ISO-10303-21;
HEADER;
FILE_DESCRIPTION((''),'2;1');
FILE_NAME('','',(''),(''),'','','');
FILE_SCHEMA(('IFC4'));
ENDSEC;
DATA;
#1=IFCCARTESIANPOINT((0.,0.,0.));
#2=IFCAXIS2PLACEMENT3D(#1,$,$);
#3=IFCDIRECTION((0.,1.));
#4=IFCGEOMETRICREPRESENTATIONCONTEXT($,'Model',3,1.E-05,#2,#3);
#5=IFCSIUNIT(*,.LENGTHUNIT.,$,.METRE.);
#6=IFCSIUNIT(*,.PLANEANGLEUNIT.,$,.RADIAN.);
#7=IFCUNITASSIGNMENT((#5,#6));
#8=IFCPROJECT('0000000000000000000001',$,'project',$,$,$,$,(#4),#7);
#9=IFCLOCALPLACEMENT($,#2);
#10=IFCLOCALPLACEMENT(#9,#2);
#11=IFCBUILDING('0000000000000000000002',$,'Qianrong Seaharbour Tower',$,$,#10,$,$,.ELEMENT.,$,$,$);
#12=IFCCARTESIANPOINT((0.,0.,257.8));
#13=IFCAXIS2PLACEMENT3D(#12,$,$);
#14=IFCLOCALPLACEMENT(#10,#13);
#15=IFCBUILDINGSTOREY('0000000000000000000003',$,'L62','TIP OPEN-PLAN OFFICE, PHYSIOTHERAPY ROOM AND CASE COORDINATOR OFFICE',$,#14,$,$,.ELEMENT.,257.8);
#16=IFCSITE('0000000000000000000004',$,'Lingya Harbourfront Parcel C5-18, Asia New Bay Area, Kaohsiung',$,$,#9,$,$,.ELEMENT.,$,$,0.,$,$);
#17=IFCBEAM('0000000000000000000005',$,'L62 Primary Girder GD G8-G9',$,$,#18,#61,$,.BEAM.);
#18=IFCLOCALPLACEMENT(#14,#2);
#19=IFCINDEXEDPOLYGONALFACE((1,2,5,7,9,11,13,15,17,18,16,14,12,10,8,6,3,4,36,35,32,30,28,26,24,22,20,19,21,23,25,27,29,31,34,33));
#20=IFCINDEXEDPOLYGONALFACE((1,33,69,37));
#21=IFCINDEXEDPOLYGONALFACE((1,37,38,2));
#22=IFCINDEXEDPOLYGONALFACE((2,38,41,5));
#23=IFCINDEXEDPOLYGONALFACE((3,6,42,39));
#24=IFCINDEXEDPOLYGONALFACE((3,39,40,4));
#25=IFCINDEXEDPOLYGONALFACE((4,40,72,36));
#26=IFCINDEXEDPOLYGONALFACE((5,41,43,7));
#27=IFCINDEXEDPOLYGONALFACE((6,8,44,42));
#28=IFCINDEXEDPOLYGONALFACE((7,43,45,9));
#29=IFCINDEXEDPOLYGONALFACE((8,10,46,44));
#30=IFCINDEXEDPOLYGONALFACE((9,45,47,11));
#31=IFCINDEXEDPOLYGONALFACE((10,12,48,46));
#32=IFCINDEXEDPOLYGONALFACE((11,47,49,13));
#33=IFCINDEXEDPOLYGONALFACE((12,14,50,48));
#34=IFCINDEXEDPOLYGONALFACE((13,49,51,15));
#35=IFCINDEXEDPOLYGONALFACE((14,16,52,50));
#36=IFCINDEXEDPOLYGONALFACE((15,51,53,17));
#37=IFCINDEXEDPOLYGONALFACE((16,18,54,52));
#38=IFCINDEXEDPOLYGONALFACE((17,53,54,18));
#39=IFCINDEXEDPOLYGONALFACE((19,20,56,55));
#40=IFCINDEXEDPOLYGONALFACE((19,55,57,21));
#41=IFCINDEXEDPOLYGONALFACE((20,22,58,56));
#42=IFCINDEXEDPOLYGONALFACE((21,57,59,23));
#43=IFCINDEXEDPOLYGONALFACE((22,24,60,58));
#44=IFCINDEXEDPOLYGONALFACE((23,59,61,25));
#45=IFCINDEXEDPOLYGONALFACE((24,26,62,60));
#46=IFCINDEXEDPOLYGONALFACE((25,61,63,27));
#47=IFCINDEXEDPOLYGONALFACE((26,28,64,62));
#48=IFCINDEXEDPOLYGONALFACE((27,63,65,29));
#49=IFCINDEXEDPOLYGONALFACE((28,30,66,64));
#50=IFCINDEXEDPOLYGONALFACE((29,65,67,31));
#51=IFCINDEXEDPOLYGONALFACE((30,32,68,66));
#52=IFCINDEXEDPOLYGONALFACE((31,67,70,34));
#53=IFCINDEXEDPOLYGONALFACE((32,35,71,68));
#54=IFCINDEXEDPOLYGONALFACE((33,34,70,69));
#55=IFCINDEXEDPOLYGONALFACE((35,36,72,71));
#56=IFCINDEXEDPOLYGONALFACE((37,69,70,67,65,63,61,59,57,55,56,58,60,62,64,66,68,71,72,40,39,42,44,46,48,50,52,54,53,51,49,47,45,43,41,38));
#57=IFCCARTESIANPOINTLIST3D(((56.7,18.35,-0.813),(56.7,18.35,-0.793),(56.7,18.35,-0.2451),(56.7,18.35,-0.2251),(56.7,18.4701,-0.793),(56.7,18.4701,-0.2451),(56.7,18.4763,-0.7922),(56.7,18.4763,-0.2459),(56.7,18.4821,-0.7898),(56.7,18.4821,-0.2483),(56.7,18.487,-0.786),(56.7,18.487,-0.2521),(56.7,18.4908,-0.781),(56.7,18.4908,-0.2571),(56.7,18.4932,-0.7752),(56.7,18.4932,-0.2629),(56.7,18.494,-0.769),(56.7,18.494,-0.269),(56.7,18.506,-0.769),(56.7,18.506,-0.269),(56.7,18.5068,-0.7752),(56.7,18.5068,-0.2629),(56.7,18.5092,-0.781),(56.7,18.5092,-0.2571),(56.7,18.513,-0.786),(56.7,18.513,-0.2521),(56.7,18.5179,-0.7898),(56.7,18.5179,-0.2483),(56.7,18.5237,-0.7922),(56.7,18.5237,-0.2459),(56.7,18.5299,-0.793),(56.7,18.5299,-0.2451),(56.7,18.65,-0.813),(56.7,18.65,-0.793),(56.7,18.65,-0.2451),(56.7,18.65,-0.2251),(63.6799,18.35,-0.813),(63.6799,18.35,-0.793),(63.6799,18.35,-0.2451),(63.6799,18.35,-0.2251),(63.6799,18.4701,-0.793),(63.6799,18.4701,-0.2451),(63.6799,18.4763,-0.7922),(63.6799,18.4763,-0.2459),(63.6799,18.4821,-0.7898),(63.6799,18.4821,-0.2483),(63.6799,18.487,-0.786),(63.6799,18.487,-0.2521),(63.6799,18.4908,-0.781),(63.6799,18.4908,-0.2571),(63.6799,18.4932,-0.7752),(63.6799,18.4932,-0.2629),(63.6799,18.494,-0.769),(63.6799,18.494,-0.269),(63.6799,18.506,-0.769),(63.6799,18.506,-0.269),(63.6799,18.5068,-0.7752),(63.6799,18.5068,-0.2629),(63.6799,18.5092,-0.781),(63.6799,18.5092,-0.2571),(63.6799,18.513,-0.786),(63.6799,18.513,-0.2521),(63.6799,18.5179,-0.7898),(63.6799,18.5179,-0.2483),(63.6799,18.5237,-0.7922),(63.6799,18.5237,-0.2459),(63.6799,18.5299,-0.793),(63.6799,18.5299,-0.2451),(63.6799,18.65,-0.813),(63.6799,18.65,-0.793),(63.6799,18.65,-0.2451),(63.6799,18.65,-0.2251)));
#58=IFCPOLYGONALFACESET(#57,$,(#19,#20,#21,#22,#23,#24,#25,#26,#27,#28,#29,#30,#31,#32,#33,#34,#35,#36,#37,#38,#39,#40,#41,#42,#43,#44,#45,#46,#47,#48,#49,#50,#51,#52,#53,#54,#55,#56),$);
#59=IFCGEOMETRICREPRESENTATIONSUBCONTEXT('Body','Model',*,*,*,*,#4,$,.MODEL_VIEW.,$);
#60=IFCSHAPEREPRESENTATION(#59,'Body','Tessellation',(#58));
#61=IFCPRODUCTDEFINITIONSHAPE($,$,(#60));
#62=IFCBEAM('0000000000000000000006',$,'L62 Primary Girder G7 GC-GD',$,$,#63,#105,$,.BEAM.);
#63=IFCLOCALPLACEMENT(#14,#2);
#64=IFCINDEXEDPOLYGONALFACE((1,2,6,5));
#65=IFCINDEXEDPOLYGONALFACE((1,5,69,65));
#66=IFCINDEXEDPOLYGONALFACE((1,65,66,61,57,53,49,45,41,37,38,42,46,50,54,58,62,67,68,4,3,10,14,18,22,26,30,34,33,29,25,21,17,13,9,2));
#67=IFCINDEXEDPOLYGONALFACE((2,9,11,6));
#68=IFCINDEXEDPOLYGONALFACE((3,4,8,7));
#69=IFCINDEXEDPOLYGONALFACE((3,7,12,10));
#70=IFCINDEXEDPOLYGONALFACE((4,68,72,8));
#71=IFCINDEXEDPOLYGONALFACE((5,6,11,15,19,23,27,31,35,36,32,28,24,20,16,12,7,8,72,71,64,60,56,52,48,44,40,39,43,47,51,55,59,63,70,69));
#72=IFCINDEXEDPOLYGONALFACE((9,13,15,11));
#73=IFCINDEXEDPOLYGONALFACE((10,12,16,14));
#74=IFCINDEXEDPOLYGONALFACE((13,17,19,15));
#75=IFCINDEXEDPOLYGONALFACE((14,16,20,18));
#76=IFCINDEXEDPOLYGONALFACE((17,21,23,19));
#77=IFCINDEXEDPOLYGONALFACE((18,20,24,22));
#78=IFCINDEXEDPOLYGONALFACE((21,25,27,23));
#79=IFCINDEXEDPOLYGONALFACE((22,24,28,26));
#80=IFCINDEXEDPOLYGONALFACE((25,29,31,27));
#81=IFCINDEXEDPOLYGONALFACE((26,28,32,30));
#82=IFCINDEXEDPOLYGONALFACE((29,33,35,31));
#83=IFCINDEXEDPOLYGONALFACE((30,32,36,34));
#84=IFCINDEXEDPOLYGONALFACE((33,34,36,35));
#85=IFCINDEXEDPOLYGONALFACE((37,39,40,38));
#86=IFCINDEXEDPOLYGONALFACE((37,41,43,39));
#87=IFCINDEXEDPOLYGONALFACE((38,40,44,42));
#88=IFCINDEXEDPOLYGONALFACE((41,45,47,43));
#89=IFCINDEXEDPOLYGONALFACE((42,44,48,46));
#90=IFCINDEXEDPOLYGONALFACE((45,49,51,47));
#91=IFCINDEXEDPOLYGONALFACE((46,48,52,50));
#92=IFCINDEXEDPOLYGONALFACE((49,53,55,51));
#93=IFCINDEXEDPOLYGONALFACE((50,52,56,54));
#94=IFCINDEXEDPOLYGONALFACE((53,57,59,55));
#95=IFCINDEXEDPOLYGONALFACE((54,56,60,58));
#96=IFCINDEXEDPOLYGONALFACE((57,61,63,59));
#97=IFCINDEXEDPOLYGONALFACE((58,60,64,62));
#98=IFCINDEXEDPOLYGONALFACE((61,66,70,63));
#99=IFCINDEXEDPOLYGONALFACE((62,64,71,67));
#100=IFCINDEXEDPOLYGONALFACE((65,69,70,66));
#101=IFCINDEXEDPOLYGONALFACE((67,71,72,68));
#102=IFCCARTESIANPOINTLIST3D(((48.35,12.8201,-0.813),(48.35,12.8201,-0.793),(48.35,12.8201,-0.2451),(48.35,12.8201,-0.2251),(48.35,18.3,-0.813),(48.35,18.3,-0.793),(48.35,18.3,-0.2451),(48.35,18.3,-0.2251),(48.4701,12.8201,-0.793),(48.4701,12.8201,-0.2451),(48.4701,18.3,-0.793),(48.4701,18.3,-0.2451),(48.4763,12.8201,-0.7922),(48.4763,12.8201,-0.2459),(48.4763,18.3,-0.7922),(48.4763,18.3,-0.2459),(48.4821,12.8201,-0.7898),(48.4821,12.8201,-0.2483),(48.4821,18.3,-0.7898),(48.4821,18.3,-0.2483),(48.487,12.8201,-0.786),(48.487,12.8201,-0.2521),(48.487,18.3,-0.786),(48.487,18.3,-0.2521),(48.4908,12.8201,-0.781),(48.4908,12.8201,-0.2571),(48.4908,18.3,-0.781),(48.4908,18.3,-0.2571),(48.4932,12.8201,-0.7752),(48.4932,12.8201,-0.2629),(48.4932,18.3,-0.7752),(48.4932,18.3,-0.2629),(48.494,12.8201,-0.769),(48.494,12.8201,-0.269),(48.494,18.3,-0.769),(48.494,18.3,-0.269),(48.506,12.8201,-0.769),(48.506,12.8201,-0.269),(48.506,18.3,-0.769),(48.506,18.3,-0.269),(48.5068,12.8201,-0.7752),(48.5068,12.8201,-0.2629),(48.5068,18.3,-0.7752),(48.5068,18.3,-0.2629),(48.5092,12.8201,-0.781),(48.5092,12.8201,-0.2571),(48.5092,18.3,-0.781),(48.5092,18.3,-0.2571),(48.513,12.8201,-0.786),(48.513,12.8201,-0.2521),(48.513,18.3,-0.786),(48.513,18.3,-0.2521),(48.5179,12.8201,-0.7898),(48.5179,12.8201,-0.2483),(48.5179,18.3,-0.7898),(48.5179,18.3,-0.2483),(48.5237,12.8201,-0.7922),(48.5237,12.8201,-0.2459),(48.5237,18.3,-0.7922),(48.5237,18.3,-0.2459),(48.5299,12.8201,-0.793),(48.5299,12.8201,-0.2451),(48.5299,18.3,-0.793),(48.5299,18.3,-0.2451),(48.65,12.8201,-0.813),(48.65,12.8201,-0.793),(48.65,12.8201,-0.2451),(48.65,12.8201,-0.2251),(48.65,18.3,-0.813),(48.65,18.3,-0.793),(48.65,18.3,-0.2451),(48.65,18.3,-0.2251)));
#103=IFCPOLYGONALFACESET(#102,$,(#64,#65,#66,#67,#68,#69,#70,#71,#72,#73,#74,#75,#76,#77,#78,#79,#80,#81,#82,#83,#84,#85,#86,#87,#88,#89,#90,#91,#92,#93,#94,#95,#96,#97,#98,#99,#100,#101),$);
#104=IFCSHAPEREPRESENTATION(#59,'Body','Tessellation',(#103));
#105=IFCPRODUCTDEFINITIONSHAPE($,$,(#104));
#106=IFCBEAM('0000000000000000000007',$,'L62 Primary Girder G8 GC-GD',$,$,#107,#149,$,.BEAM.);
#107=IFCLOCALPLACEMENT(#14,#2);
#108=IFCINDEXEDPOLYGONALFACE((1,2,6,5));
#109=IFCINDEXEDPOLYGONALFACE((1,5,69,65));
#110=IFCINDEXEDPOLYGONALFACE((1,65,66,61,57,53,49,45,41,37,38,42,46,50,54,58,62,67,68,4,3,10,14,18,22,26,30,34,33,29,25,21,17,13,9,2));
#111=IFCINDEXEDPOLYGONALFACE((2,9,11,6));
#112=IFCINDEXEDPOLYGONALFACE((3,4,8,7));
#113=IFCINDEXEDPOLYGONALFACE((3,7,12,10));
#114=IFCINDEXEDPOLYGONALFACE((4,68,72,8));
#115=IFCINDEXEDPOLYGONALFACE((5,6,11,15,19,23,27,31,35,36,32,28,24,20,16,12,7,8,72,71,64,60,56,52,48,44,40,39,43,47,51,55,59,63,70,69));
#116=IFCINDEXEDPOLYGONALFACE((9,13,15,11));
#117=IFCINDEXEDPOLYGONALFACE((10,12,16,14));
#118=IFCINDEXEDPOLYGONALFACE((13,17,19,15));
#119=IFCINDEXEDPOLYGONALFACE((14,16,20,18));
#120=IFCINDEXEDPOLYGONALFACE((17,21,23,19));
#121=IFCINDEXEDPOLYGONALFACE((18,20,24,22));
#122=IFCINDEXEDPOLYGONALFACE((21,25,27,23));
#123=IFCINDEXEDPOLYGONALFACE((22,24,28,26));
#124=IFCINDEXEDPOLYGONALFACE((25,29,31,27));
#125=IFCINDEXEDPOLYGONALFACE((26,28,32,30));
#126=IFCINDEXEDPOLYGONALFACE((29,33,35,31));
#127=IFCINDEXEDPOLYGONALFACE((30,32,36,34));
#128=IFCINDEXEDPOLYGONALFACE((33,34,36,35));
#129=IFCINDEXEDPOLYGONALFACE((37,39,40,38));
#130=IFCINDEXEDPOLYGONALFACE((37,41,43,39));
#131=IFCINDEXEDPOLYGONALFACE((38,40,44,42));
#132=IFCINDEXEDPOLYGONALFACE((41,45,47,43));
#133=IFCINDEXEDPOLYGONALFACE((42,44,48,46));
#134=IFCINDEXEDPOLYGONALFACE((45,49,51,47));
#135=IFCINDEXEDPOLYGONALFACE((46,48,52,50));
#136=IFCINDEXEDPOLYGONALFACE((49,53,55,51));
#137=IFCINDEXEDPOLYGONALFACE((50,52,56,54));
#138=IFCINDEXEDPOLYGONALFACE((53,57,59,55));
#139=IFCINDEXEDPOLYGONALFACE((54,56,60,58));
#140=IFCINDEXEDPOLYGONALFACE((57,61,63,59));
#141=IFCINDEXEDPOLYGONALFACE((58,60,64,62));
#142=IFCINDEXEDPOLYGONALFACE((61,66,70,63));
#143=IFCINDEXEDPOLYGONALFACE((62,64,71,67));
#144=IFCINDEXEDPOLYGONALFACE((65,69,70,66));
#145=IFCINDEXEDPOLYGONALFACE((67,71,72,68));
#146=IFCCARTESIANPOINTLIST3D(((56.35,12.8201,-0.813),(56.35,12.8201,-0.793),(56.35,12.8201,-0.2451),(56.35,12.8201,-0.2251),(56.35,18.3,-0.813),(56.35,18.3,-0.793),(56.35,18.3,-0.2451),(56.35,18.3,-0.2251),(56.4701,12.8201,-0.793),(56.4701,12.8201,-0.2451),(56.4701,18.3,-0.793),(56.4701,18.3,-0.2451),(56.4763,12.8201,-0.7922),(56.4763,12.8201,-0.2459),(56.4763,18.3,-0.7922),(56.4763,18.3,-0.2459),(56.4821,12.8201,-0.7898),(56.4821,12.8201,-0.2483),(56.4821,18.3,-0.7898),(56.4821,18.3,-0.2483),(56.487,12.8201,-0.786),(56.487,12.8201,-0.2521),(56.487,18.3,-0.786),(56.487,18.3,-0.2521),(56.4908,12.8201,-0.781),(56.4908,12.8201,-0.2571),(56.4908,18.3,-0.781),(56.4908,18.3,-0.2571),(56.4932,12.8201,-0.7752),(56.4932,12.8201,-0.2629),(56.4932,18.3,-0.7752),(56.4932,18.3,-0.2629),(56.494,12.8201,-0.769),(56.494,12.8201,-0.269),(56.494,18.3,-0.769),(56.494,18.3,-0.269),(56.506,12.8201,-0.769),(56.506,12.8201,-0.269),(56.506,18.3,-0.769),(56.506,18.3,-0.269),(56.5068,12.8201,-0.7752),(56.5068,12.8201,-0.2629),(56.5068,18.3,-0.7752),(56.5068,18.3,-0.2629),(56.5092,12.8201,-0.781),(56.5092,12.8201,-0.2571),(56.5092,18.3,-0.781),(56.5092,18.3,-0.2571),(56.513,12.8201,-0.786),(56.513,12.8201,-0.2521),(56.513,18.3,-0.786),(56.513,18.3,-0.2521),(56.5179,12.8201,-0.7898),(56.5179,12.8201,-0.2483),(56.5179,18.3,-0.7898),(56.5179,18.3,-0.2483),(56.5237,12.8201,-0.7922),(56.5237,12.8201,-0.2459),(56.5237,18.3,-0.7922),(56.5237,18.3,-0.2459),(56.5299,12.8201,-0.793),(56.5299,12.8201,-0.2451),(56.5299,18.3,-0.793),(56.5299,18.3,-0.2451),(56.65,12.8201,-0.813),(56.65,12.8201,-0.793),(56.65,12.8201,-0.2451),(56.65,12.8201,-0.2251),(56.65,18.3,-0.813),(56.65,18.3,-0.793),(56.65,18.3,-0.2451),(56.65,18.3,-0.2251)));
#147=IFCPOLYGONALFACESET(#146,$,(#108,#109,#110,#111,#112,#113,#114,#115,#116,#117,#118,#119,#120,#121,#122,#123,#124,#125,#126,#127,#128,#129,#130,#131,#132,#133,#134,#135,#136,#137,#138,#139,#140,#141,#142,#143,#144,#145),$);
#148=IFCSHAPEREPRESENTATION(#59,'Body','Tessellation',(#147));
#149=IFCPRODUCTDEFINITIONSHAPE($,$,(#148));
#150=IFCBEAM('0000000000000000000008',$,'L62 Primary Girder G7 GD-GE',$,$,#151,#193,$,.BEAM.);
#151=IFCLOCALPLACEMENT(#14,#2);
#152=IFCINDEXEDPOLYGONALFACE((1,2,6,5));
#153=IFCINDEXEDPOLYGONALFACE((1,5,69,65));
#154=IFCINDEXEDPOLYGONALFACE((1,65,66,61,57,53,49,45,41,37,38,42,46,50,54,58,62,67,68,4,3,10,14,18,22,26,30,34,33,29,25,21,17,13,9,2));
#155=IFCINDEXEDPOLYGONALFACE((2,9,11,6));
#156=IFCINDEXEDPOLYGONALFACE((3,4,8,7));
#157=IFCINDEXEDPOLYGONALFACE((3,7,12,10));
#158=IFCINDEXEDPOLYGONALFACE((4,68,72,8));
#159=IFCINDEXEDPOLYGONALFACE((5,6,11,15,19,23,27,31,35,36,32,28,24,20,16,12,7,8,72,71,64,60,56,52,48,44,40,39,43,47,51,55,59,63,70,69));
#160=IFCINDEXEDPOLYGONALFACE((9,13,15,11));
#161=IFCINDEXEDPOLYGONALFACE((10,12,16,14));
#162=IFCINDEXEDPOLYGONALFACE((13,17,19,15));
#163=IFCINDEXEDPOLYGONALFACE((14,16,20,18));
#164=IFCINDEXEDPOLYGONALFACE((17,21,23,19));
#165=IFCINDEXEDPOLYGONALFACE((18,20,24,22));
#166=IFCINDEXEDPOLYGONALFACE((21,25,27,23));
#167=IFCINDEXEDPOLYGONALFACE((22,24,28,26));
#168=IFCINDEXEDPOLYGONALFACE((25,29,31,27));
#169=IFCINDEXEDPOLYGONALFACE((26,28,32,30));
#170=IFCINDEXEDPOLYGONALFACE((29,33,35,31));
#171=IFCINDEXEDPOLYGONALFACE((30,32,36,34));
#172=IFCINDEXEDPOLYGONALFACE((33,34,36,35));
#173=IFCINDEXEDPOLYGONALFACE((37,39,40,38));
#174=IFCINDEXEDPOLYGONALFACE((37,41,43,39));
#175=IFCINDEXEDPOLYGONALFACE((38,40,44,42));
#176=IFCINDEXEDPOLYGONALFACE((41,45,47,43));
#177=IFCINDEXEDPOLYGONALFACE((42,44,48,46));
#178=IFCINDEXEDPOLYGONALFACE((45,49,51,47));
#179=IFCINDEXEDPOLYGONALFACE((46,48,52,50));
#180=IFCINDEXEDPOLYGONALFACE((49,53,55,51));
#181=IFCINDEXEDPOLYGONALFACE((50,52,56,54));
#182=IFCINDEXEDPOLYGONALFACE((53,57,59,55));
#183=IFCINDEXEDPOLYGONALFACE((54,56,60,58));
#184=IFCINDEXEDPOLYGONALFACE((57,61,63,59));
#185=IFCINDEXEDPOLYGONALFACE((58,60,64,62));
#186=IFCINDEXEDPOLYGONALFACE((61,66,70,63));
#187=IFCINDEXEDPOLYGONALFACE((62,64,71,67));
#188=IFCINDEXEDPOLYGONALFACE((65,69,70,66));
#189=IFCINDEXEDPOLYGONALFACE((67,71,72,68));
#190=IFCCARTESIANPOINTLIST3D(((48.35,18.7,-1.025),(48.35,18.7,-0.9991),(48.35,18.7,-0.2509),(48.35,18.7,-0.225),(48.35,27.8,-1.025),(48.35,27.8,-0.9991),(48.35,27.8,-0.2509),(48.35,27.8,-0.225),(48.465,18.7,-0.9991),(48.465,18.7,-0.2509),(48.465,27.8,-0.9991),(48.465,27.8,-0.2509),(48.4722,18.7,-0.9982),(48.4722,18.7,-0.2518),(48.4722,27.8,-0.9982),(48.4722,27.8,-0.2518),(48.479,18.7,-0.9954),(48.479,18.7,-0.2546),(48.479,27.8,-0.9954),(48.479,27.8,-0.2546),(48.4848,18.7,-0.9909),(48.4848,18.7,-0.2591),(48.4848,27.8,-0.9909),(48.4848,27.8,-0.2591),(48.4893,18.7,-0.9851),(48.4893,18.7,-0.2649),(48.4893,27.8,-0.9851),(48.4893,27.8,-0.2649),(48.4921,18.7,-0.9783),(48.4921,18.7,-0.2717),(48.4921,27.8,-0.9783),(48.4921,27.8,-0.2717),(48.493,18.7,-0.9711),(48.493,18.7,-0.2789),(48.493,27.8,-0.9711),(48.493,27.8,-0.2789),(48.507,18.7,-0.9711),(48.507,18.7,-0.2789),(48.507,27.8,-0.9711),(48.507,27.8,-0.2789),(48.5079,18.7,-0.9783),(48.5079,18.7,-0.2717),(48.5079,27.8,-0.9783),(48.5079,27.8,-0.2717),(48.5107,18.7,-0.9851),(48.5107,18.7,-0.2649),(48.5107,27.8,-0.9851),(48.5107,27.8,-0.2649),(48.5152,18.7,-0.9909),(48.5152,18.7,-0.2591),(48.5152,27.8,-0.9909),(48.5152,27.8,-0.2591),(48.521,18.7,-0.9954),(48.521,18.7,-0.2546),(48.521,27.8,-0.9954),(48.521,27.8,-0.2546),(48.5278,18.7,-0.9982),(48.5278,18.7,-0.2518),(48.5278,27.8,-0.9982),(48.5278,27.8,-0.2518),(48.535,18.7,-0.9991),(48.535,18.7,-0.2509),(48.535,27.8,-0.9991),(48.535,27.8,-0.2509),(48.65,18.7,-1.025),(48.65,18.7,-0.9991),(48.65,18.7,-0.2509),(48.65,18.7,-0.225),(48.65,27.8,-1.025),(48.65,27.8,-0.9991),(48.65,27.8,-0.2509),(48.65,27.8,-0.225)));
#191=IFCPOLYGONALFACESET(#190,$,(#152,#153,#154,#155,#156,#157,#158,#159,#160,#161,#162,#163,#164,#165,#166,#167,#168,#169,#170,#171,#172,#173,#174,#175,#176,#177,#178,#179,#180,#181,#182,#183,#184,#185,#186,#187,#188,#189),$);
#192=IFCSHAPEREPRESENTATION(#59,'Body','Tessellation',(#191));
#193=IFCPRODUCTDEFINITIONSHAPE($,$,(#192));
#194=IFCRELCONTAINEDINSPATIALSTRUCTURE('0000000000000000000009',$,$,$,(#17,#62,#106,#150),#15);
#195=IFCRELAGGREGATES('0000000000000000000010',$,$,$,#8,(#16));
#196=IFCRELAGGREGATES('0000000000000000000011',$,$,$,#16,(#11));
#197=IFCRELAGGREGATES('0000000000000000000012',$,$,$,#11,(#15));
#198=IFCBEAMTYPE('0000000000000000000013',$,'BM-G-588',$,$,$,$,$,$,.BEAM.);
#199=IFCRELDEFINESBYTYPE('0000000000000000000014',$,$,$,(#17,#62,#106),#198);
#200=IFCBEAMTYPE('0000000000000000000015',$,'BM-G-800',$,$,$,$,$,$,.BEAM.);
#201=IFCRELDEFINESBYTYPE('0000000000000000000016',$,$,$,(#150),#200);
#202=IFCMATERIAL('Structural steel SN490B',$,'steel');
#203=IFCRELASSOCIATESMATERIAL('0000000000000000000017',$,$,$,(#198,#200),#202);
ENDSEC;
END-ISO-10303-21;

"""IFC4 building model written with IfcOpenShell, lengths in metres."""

from ifc_helpers import new_model, si_unit, direction, frame, origin, origin_2d, place, context, subcontext, project, spatial, i_section, extrude, material, material_profile, profile_set, type_object, element, save


model = new_model("IFC4")

# Units and contexts
model_context = context("Model", 3, precision=1e-05, world=origin(), true_north=direction((0.0, 1.0)))
body_context = subcontext(model_context, "Body", "Model", "MODEL_VIEW")
ifc_project = project(units=[si_unit("LENGTHUNIT", "METRE"), si_unit("PLANEANGLEUNIT", "RADIAN")], contexts=[model_context])

# Site, building, storey
site_placement = place(None, origin())
site = spatial("IfcSite", under=ifc_project, at=site_placement, Name="Lingya Harbourfront Parcel C5-18, Asia New Bay Area, Kaohsiung", CompositionType="ELEMENT", RefElevation=0.0)
building_placement = place(site_placement, origin())
building = spatial("IfcBuilding", under=site, at=building_placement, Name="Qianrong Seaharbour Tower", CompositionType="ELEMENT")
storey_placement = place(building_placement, frame((0.0, 0.0, 257.8)))
storey = spatial("IfcBuildingStorey", under=building, at=storey_placement, Name="L62", Description="TIP OPEN-PLAN OFFICE, PHYSIOTHERAPY ROOM AND CASE COORDINATOR OFFICE", CompositionType="ELEMENT", Elevation=257.8)

# Shared definitions
ifc_material_1 = material(Name="Structural steel SN490B", Category="steel")

# Beams
ifc_material_profile_1 = material_profile(ifc_material_1, i_section(OverallWidth=0.3, OverallDepth=0.5879, WebThickness=0.012, FlangeThickness=0.02, FilletRadius=0.0239, at=origin_2d()), Name="H588x300x12x20")
ifc_profile_set_1 = profile_set([ifc_material_profile_1], Name="Structural steel SN490B")
beam_type_1 = type_object("IfcBeamType", Name="BM-G-588", PredefinedType="BEAM", material=ifc_profile_set_1)
beam_1_placement = place(storey_placement, frame((56.7, 18.5, -0.519), z_axis=(1.0, 0.0, 0.0), x_axis=(0.0, 1.0, 0.0)))
element("IfcBeam", 1, at=beam_1_placement, inside=storey, type_object=beam_type_1, Name="L62 Primary Girder GD G8-G9", PredefinedType="BEAM", context=body_context, shape_type="SweptSolid", body=[
    extrude(i_section(OverallWidth=0.3, OverallDepth=0.5879, WebThickness=0.012, FlangeThickness=0.02, FilletRadius=0.0239, at=origin_2d()), origin(), (0.0, 0.0, 1.0), 6.98),
])
for number, where, z_axis, x_axis, name in (
    (2, (48.5, 12.8201, -0.519), (0.0, 1.0, 0.0), (-1.0, 0.0, 0.0), "L62 Primary Girder G7 GC-GD"),
    (3, (56.5, 12.8201, -0.519), (0.0, 1.0, 0.0), (-1.0, 0.0, 0.0), "L62 Primary Girder G8 GC-GD"),
):
    element("IfcBeam", number, at=place(storey_placement, frame(where, z_axis=z_axis, x_axis=x_axis)), inside=storey, type_object=beam_type_1, Name=name, PredefinedType="BEAM", context=body_context, shape_type="SweptSolid", body=[
        extrude(i_section(OverallWidth=0.3, OverallDepth=0.5879, WebThickness=0.012, FlangeThickness=0.02, FilletRadius=0.0239, at=origin_2d()), origin(), (0.0, 0.0, 1.0), 5.48),
    ])
ifc_material_profile_2 = material_profile(ifc_material_1, i_section(OverallWidth=0.3, OverallDepth=0.8, WebThickness=0.0139, FlangeThickness=0.0259, FilletRadius=0.0281, at=origin_2d()), Name="H800x300x14x26")
ifc_profile_set_2 = profile_set([ifc_material_profile_2], Name="Structural steel SN490B")
beam_type_2 = type_object("IfcBeamType", Name="BM-G-800", PredefinedType="BEAM", material=ifc_profile_set_2)
for number, where, z_axis, x_axis, name in (
    (4, (48.5, 18.7, -0.625), (0.0, 1.0, 0.0), (-1.0, 0.0, 0.0), "L62 Primary Girder G7 GD-GE"),
):
    element("IfcBeam", number, at=place(storey_placement, frame(where, z_axis=z_axis, x_axis=x_axis)), inside=storey, type_object=beam_type_2, Name=name, PredefinedType="BEAM", context=body_context, shape_type="SweptSolid", body=[
        extrude(i_section(OverallWidth=0.3, OverallDepth=0.8, WebThickness=0.0139, FlangeThickness=0.0259, FilletRadius=0.0281, at=origin_2d()), origin(), (0.0, 0.0, 1.0), 9.1001),
    ])

save(model, "model.ifc")
